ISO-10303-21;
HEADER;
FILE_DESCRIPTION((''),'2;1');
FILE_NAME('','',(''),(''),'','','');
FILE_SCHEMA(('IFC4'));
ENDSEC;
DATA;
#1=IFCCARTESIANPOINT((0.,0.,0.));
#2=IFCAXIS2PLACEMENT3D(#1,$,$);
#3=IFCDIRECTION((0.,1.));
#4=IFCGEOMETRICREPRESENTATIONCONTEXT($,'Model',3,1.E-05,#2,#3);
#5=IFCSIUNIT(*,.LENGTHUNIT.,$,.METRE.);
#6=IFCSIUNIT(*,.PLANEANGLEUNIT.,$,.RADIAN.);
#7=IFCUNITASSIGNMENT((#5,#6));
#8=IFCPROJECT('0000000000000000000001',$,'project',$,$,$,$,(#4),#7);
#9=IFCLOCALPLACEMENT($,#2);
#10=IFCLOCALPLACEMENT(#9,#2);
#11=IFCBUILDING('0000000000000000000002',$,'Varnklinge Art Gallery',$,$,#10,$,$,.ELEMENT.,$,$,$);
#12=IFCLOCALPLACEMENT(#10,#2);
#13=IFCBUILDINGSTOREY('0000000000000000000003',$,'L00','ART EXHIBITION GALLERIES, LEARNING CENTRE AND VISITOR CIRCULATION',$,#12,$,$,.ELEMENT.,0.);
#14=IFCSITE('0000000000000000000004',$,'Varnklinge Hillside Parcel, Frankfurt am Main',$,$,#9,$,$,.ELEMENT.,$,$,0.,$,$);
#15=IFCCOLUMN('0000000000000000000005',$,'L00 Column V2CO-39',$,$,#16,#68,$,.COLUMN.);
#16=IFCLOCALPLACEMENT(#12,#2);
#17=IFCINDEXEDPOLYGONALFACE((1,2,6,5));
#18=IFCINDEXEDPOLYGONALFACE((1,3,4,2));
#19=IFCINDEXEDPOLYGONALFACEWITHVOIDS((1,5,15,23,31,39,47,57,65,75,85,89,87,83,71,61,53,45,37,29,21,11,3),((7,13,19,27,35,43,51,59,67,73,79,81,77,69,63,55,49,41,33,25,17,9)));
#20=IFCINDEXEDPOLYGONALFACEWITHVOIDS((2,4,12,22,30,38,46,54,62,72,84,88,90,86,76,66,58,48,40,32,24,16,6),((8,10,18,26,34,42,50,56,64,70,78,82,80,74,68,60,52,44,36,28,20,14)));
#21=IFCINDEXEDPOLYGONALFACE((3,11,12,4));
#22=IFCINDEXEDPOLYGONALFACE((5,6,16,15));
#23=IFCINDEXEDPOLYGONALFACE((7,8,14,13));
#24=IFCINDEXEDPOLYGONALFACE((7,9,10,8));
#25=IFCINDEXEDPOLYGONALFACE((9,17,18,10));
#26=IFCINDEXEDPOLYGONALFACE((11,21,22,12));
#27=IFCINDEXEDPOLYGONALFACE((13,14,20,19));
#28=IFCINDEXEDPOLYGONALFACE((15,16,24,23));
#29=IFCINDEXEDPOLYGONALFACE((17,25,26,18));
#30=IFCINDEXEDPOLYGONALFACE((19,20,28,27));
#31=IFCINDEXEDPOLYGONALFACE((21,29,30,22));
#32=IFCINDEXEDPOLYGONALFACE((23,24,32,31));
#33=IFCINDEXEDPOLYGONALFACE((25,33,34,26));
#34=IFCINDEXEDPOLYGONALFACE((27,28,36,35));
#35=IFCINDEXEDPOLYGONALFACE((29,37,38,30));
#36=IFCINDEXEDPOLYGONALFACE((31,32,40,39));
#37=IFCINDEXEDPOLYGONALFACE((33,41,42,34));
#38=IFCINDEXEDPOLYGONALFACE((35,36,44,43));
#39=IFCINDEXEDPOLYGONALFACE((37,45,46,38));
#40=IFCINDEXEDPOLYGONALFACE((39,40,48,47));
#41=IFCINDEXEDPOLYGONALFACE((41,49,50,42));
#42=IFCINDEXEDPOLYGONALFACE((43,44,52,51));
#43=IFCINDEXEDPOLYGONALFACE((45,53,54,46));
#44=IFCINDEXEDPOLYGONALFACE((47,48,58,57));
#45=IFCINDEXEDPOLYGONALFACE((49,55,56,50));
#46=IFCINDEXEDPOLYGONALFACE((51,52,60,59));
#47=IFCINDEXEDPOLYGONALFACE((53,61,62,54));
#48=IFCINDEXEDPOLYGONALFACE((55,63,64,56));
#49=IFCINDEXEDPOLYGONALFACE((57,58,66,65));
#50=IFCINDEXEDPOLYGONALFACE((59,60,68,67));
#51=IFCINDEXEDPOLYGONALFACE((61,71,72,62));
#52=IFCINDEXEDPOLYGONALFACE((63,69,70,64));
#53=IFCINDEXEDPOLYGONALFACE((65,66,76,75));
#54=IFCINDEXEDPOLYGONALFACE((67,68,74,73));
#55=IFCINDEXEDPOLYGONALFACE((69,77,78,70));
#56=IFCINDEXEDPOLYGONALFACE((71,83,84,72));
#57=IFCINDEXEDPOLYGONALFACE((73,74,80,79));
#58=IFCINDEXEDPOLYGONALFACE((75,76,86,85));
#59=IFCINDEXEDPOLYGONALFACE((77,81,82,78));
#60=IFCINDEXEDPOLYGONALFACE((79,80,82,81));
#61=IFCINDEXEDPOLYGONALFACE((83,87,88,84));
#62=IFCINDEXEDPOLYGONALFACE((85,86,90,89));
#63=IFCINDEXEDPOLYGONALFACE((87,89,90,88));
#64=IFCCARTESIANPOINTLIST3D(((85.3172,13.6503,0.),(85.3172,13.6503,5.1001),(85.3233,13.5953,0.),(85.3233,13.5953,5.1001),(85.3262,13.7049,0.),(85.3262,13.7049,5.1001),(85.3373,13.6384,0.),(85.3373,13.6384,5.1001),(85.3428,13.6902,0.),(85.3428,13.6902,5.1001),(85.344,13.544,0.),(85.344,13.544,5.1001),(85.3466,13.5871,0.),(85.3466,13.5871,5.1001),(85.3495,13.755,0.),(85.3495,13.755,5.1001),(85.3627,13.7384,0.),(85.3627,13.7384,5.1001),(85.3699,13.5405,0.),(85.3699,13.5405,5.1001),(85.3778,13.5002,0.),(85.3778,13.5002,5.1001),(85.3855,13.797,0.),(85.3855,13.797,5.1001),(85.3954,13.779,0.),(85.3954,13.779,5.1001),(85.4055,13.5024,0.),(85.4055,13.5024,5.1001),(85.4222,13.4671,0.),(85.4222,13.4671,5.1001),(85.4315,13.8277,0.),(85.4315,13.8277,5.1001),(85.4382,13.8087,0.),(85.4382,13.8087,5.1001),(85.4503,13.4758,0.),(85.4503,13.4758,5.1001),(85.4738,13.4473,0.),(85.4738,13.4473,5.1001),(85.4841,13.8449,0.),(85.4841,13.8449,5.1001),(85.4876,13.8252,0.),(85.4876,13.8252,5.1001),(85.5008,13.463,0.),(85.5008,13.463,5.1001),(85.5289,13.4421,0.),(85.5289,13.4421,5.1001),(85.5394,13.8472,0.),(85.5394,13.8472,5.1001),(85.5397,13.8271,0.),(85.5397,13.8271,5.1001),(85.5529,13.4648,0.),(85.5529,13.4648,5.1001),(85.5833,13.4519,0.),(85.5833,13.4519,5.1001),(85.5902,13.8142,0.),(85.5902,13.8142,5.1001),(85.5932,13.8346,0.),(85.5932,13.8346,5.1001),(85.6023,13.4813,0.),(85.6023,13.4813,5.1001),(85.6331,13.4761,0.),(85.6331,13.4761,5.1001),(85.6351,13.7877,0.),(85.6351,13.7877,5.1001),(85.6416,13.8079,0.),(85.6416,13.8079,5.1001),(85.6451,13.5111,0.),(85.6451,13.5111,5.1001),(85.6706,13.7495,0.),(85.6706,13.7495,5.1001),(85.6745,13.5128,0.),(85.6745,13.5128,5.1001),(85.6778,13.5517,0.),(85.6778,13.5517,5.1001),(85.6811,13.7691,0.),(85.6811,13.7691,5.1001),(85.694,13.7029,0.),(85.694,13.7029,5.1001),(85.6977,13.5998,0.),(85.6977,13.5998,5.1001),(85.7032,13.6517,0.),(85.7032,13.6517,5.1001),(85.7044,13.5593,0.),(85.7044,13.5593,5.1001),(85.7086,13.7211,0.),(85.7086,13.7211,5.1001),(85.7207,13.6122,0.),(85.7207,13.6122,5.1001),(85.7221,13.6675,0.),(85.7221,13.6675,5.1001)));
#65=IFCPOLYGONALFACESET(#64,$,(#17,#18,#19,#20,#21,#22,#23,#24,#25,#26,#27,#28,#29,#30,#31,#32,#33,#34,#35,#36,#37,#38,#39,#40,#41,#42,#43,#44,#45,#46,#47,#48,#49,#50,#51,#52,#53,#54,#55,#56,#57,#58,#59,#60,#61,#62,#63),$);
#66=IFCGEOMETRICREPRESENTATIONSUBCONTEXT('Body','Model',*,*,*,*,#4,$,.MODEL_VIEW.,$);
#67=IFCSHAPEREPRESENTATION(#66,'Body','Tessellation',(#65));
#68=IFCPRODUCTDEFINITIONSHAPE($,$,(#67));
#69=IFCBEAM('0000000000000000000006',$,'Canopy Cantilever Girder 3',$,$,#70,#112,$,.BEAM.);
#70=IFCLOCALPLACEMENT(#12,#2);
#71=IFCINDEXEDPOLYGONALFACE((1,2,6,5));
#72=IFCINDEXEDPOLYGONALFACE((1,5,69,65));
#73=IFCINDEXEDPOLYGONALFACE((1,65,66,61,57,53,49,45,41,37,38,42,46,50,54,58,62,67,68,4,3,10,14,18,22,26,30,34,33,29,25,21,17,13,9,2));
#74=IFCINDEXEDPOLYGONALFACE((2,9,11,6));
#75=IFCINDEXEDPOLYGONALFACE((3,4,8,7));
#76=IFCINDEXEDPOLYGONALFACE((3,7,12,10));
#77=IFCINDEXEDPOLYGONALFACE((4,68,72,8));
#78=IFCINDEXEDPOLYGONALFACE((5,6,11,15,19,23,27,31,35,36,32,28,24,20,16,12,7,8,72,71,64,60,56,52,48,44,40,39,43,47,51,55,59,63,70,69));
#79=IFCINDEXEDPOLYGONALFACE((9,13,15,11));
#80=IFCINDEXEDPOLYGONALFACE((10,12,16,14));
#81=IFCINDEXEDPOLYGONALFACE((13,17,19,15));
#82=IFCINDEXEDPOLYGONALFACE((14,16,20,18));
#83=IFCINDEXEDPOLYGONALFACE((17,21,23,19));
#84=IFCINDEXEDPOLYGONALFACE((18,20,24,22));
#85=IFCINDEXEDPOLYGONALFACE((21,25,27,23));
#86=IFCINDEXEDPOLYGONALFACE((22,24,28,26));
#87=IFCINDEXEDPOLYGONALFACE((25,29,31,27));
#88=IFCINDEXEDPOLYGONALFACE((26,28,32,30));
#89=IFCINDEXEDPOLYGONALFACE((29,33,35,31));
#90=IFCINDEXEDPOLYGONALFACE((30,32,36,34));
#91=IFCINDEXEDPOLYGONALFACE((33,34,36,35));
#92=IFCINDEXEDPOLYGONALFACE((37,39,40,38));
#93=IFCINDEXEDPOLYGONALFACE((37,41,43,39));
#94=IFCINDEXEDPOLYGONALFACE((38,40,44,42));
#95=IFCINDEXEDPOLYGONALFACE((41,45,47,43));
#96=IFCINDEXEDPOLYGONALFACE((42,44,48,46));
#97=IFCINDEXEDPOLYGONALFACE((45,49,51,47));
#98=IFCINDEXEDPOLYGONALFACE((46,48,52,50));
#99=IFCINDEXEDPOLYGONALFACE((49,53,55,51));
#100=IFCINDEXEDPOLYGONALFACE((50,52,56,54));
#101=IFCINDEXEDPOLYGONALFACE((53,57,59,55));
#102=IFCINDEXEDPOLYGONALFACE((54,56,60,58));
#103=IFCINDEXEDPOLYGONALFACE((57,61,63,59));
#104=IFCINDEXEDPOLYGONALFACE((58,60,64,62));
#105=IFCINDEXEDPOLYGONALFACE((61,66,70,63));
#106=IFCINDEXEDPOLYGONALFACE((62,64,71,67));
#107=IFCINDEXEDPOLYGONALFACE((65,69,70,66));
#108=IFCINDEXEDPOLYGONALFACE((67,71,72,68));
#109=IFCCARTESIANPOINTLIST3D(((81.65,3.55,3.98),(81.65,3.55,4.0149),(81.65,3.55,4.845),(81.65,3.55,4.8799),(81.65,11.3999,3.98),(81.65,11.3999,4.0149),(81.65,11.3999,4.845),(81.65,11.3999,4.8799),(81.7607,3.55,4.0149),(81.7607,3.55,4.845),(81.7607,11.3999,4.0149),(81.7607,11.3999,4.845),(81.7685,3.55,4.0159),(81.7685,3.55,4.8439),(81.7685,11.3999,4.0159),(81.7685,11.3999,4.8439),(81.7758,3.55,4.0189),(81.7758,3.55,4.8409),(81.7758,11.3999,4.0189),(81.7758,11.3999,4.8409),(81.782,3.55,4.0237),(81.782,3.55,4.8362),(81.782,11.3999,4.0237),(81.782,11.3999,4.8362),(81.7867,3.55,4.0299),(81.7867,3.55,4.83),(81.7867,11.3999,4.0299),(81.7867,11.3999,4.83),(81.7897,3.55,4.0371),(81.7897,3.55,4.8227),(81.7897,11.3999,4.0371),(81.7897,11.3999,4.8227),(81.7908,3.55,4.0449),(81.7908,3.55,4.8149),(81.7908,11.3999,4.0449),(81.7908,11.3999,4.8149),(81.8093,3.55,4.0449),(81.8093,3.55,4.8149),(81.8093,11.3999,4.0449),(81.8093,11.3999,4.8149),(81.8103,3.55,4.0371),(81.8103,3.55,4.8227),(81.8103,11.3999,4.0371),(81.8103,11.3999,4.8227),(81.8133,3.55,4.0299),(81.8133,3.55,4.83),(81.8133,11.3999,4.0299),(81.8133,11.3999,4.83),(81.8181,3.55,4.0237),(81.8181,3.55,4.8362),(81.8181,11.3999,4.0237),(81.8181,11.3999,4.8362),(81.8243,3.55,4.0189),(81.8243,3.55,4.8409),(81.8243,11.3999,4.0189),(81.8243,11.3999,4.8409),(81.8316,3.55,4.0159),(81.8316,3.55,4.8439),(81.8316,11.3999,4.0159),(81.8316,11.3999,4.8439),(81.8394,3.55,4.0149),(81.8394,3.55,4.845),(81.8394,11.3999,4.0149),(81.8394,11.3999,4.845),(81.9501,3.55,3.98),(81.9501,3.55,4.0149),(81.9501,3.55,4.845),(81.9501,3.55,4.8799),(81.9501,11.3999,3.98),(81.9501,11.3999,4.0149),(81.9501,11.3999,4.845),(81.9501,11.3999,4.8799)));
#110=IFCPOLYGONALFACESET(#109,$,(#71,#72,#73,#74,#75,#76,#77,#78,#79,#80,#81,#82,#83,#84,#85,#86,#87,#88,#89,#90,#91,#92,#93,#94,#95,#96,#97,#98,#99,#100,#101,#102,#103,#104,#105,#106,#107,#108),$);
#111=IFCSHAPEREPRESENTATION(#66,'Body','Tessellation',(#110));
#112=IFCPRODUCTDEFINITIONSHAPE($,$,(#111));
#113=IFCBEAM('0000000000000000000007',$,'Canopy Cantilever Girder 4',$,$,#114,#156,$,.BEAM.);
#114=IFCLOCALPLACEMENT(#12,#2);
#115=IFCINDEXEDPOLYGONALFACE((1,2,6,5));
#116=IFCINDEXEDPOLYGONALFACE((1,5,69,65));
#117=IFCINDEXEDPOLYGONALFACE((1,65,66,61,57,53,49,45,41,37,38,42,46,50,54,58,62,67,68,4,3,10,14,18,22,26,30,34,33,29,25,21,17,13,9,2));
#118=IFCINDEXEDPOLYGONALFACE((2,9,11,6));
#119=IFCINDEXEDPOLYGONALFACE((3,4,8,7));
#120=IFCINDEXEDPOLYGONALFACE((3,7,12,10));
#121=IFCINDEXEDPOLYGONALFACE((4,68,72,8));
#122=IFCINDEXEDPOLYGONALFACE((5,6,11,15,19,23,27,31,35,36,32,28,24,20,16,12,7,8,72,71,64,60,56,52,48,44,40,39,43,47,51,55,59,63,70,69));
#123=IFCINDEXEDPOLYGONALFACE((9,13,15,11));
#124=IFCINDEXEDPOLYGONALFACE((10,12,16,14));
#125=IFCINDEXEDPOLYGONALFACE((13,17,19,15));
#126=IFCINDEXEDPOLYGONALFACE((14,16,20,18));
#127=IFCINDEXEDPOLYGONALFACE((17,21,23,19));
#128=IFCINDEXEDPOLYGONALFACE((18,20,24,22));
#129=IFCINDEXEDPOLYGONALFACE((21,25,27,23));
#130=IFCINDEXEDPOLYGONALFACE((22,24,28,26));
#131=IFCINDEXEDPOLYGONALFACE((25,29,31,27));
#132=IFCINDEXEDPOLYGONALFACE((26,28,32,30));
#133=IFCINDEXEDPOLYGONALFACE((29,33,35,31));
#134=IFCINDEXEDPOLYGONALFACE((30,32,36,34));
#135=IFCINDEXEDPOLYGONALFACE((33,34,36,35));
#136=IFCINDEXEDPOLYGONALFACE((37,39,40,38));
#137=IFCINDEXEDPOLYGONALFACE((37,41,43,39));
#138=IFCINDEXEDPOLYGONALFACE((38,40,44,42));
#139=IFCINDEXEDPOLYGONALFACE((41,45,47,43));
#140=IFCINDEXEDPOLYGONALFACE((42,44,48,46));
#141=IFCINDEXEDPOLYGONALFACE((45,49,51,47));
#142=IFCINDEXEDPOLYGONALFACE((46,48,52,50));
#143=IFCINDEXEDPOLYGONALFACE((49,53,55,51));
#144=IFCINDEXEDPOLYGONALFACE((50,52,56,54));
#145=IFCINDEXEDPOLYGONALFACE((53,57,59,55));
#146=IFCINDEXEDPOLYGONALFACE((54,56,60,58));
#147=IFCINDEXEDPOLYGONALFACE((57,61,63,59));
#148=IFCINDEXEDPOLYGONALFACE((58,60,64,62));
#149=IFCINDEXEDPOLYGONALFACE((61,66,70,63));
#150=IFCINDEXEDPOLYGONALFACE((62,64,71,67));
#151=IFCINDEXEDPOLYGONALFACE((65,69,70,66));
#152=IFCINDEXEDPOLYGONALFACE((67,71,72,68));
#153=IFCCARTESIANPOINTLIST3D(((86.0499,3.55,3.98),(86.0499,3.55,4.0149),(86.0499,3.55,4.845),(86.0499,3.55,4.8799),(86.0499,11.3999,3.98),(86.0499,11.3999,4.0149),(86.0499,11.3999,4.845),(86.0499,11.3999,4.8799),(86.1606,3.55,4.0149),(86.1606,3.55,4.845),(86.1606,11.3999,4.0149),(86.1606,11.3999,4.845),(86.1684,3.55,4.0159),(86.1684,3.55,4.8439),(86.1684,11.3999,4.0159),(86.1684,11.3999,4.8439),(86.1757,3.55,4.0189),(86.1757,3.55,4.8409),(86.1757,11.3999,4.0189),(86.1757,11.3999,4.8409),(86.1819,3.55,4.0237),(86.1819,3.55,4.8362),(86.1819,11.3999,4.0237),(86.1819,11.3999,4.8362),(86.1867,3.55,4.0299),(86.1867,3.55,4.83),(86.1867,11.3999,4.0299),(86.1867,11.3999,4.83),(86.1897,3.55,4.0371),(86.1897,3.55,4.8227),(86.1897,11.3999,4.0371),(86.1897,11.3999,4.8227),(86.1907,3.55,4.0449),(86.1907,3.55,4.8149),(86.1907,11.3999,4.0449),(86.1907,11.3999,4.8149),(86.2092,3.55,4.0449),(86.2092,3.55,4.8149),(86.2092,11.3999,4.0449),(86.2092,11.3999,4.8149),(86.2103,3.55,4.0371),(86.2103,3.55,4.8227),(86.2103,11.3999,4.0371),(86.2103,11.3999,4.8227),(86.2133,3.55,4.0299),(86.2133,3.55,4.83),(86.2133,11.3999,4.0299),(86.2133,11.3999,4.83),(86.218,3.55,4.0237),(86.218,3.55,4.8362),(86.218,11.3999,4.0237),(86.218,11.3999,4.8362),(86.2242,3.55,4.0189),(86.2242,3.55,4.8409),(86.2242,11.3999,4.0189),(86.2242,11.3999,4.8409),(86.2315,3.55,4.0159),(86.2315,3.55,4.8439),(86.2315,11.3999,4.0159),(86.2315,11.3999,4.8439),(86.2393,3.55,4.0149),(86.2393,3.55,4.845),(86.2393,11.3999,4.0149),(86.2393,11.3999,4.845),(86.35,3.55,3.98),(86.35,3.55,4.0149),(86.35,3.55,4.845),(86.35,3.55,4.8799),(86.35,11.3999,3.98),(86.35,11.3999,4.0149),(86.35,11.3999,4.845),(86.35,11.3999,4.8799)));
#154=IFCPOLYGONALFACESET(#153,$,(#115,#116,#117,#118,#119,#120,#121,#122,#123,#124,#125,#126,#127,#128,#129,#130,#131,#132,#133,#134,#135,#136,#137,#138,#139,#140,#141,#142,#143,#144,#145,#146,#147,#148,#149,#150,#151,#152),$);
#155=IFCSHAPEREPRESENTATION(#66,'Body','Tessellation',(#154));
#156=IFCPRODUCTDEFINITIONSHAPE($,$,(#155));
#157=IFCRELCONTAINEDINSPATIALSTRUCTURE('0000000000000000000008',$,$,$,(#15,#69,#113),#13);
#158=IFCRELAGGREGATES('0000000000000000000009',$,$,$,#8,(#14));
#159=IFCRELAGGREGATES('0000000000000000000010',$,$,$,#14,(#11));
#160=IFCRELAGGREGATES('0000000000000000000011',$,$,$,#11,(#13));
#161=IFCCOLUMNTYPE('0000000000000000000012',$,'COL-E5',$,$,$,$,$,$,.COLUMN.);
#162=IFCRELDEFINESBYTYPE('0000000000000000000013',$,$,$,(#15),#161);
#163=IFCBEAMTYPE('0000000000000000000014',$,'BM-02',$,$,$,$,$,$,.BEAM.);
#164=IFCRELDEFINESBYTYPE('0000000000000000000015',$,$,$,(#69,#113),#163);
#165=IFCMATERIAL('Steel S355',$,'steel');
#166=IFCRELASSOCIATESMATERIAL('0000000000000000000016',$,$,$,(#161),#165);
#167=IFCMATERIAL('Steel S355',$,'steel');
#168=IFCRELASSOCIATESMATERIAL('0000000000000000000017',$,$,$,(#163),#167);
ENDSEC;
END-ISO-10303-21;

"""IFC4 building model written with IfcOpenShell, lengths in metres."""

from ifc_helpers import new_model, si_unit, direction, frame, origin, origin_2d, place, context, subcontext, project, spatial, hollow_circle, i_section, extrude, material, material_profile, profile_set, type_object, element, save


model = new_model("IFC4")

# Units and contexts
model_context = context("Model", 3, precision=1e-05, world=origin(), true_north=direction((0.0, 1.0)))
body_context = subcontext(model_context, "Body", "Model", "MODEL_VIEW")
ifc_project = project(units=[si_unit("LENGTHUNIT", "METRE"), si_unit("PLANEANGLEUNIT", "RADIAN")], contexts=[model_context])

# Site, building, storey
site_placement = place(None, origin())
site = spatial("IfcSite", under=ifc_project, at=site_placement, Name="Varnklinge Hillside Parcel, Frankfurt am Main", CompositionType="ELEMENT", RefElevation=0.0)
building_placement = place(site_placement, origin())
building = spatial("IfcBuilding", under=site, at=building_placement, Name="Varnklinge Art Gallery", CompositionType="ELEMENT")
storey_placement = place(building_placement, origin())
storey = spatial("IfcBuildingStorey", under=building, at=storey_placement, Name="L00", Description="ART EXHIBITION GALLERIES, LEARNING CENTRE AND VISITOR CIRCULATION", CompositionType="ELEMENT", Elevation=0.0)

# Column
ifc_material_1 = material(Name="Steel S355", Category="steel")
ifc_material_profile_1 = material_profile(ifc_material_1, hollow_circle(Radius=0.2031, WallThickness=0.02, at=origin_2d()), Name="CHS 406.4x20")
ifc_profile_set_1 = profile_set([ifc_material_profile_1], Name="Steel S355")
column_type_1 = type_object("IfcColumnType", Name="COL-E5", PredefinedType="COLUMN", material=ifc_profile_set_1)
for number, where, z_axis, x_axis, name in (
    (1, (85.5203, 13.645, 0.0), (0.0, 0.0, 1.0), (-0.178115, 0.98401, 0.0), "L00 Column V2CO-39"),
):
    element("IfcColumn", number, at=place(storey_placement, frame(where, z_axis=z_axis, x_axis=x_axis)), inside=storey, type_object=column_type_1, Name=name, PredefinedType="COLUMN", context=body_context, shape_type="SweptSolid", body=[
        extrude(hollow_circle(Radius=0.2031, WallThickness=0.02, at=origin_2d()), origin(), (0.0, 0.0, 1.0), 5.1001),
    ])

# Beams
ifc_material_2 = material(Name="Steel S355", Category="steel")
ifc_material_profile_2 = material_profile(ifc_material_2, i_section(OverallWidth=0.3, OverallDepth=0.8999, WebThickness=0.0186, FlangeThickness=0.0349, FilletRadius=0.03, at=origin_2d()), Name="HEB 900")
ifc_profile_set_2 = profile_set([ifc_material_profile_2], Name="Steel S355")
beam_type_1 = type_object("IfcBeamType", Name="BM-02", PredefinedType="BEAM", material=ifc_profile_set_2)
for number, where, z_axis, x_axis, name in (
    (2, (81.8, 11.3999, 4.4299), (0.0, -1.0, 0.0), (1.0, 0.0, 0.0), "Canopy Cantilever Girder 3"),
    (3, (86.2, 11.3999, 4.4299), (0.0, -1.0, 0.0), (1.0, 0.0, 0.0), "Canopy Cantilever Girder 4"),
):
    element("IfcBeam", number, at=place(storey_placement, frame(where, z_axis=z_axis, x_axis=x_axis)), inside=storey, type_object=beam_type_1, Name=name, PredefinedType="BEAM", context=body_context, shape_type="SweptSolid", body=[
        extrude(i_section(OverallWidth=0.3, OverallDepth=0.8999, WebThickness=0.0186, FlangeThickness=0.0349, FilletRadius=0.03, at=origin_2d()), origin(), (0.0, 0.0, 1.0), 7.8499),
    ])

save(model, "model.ifc")
